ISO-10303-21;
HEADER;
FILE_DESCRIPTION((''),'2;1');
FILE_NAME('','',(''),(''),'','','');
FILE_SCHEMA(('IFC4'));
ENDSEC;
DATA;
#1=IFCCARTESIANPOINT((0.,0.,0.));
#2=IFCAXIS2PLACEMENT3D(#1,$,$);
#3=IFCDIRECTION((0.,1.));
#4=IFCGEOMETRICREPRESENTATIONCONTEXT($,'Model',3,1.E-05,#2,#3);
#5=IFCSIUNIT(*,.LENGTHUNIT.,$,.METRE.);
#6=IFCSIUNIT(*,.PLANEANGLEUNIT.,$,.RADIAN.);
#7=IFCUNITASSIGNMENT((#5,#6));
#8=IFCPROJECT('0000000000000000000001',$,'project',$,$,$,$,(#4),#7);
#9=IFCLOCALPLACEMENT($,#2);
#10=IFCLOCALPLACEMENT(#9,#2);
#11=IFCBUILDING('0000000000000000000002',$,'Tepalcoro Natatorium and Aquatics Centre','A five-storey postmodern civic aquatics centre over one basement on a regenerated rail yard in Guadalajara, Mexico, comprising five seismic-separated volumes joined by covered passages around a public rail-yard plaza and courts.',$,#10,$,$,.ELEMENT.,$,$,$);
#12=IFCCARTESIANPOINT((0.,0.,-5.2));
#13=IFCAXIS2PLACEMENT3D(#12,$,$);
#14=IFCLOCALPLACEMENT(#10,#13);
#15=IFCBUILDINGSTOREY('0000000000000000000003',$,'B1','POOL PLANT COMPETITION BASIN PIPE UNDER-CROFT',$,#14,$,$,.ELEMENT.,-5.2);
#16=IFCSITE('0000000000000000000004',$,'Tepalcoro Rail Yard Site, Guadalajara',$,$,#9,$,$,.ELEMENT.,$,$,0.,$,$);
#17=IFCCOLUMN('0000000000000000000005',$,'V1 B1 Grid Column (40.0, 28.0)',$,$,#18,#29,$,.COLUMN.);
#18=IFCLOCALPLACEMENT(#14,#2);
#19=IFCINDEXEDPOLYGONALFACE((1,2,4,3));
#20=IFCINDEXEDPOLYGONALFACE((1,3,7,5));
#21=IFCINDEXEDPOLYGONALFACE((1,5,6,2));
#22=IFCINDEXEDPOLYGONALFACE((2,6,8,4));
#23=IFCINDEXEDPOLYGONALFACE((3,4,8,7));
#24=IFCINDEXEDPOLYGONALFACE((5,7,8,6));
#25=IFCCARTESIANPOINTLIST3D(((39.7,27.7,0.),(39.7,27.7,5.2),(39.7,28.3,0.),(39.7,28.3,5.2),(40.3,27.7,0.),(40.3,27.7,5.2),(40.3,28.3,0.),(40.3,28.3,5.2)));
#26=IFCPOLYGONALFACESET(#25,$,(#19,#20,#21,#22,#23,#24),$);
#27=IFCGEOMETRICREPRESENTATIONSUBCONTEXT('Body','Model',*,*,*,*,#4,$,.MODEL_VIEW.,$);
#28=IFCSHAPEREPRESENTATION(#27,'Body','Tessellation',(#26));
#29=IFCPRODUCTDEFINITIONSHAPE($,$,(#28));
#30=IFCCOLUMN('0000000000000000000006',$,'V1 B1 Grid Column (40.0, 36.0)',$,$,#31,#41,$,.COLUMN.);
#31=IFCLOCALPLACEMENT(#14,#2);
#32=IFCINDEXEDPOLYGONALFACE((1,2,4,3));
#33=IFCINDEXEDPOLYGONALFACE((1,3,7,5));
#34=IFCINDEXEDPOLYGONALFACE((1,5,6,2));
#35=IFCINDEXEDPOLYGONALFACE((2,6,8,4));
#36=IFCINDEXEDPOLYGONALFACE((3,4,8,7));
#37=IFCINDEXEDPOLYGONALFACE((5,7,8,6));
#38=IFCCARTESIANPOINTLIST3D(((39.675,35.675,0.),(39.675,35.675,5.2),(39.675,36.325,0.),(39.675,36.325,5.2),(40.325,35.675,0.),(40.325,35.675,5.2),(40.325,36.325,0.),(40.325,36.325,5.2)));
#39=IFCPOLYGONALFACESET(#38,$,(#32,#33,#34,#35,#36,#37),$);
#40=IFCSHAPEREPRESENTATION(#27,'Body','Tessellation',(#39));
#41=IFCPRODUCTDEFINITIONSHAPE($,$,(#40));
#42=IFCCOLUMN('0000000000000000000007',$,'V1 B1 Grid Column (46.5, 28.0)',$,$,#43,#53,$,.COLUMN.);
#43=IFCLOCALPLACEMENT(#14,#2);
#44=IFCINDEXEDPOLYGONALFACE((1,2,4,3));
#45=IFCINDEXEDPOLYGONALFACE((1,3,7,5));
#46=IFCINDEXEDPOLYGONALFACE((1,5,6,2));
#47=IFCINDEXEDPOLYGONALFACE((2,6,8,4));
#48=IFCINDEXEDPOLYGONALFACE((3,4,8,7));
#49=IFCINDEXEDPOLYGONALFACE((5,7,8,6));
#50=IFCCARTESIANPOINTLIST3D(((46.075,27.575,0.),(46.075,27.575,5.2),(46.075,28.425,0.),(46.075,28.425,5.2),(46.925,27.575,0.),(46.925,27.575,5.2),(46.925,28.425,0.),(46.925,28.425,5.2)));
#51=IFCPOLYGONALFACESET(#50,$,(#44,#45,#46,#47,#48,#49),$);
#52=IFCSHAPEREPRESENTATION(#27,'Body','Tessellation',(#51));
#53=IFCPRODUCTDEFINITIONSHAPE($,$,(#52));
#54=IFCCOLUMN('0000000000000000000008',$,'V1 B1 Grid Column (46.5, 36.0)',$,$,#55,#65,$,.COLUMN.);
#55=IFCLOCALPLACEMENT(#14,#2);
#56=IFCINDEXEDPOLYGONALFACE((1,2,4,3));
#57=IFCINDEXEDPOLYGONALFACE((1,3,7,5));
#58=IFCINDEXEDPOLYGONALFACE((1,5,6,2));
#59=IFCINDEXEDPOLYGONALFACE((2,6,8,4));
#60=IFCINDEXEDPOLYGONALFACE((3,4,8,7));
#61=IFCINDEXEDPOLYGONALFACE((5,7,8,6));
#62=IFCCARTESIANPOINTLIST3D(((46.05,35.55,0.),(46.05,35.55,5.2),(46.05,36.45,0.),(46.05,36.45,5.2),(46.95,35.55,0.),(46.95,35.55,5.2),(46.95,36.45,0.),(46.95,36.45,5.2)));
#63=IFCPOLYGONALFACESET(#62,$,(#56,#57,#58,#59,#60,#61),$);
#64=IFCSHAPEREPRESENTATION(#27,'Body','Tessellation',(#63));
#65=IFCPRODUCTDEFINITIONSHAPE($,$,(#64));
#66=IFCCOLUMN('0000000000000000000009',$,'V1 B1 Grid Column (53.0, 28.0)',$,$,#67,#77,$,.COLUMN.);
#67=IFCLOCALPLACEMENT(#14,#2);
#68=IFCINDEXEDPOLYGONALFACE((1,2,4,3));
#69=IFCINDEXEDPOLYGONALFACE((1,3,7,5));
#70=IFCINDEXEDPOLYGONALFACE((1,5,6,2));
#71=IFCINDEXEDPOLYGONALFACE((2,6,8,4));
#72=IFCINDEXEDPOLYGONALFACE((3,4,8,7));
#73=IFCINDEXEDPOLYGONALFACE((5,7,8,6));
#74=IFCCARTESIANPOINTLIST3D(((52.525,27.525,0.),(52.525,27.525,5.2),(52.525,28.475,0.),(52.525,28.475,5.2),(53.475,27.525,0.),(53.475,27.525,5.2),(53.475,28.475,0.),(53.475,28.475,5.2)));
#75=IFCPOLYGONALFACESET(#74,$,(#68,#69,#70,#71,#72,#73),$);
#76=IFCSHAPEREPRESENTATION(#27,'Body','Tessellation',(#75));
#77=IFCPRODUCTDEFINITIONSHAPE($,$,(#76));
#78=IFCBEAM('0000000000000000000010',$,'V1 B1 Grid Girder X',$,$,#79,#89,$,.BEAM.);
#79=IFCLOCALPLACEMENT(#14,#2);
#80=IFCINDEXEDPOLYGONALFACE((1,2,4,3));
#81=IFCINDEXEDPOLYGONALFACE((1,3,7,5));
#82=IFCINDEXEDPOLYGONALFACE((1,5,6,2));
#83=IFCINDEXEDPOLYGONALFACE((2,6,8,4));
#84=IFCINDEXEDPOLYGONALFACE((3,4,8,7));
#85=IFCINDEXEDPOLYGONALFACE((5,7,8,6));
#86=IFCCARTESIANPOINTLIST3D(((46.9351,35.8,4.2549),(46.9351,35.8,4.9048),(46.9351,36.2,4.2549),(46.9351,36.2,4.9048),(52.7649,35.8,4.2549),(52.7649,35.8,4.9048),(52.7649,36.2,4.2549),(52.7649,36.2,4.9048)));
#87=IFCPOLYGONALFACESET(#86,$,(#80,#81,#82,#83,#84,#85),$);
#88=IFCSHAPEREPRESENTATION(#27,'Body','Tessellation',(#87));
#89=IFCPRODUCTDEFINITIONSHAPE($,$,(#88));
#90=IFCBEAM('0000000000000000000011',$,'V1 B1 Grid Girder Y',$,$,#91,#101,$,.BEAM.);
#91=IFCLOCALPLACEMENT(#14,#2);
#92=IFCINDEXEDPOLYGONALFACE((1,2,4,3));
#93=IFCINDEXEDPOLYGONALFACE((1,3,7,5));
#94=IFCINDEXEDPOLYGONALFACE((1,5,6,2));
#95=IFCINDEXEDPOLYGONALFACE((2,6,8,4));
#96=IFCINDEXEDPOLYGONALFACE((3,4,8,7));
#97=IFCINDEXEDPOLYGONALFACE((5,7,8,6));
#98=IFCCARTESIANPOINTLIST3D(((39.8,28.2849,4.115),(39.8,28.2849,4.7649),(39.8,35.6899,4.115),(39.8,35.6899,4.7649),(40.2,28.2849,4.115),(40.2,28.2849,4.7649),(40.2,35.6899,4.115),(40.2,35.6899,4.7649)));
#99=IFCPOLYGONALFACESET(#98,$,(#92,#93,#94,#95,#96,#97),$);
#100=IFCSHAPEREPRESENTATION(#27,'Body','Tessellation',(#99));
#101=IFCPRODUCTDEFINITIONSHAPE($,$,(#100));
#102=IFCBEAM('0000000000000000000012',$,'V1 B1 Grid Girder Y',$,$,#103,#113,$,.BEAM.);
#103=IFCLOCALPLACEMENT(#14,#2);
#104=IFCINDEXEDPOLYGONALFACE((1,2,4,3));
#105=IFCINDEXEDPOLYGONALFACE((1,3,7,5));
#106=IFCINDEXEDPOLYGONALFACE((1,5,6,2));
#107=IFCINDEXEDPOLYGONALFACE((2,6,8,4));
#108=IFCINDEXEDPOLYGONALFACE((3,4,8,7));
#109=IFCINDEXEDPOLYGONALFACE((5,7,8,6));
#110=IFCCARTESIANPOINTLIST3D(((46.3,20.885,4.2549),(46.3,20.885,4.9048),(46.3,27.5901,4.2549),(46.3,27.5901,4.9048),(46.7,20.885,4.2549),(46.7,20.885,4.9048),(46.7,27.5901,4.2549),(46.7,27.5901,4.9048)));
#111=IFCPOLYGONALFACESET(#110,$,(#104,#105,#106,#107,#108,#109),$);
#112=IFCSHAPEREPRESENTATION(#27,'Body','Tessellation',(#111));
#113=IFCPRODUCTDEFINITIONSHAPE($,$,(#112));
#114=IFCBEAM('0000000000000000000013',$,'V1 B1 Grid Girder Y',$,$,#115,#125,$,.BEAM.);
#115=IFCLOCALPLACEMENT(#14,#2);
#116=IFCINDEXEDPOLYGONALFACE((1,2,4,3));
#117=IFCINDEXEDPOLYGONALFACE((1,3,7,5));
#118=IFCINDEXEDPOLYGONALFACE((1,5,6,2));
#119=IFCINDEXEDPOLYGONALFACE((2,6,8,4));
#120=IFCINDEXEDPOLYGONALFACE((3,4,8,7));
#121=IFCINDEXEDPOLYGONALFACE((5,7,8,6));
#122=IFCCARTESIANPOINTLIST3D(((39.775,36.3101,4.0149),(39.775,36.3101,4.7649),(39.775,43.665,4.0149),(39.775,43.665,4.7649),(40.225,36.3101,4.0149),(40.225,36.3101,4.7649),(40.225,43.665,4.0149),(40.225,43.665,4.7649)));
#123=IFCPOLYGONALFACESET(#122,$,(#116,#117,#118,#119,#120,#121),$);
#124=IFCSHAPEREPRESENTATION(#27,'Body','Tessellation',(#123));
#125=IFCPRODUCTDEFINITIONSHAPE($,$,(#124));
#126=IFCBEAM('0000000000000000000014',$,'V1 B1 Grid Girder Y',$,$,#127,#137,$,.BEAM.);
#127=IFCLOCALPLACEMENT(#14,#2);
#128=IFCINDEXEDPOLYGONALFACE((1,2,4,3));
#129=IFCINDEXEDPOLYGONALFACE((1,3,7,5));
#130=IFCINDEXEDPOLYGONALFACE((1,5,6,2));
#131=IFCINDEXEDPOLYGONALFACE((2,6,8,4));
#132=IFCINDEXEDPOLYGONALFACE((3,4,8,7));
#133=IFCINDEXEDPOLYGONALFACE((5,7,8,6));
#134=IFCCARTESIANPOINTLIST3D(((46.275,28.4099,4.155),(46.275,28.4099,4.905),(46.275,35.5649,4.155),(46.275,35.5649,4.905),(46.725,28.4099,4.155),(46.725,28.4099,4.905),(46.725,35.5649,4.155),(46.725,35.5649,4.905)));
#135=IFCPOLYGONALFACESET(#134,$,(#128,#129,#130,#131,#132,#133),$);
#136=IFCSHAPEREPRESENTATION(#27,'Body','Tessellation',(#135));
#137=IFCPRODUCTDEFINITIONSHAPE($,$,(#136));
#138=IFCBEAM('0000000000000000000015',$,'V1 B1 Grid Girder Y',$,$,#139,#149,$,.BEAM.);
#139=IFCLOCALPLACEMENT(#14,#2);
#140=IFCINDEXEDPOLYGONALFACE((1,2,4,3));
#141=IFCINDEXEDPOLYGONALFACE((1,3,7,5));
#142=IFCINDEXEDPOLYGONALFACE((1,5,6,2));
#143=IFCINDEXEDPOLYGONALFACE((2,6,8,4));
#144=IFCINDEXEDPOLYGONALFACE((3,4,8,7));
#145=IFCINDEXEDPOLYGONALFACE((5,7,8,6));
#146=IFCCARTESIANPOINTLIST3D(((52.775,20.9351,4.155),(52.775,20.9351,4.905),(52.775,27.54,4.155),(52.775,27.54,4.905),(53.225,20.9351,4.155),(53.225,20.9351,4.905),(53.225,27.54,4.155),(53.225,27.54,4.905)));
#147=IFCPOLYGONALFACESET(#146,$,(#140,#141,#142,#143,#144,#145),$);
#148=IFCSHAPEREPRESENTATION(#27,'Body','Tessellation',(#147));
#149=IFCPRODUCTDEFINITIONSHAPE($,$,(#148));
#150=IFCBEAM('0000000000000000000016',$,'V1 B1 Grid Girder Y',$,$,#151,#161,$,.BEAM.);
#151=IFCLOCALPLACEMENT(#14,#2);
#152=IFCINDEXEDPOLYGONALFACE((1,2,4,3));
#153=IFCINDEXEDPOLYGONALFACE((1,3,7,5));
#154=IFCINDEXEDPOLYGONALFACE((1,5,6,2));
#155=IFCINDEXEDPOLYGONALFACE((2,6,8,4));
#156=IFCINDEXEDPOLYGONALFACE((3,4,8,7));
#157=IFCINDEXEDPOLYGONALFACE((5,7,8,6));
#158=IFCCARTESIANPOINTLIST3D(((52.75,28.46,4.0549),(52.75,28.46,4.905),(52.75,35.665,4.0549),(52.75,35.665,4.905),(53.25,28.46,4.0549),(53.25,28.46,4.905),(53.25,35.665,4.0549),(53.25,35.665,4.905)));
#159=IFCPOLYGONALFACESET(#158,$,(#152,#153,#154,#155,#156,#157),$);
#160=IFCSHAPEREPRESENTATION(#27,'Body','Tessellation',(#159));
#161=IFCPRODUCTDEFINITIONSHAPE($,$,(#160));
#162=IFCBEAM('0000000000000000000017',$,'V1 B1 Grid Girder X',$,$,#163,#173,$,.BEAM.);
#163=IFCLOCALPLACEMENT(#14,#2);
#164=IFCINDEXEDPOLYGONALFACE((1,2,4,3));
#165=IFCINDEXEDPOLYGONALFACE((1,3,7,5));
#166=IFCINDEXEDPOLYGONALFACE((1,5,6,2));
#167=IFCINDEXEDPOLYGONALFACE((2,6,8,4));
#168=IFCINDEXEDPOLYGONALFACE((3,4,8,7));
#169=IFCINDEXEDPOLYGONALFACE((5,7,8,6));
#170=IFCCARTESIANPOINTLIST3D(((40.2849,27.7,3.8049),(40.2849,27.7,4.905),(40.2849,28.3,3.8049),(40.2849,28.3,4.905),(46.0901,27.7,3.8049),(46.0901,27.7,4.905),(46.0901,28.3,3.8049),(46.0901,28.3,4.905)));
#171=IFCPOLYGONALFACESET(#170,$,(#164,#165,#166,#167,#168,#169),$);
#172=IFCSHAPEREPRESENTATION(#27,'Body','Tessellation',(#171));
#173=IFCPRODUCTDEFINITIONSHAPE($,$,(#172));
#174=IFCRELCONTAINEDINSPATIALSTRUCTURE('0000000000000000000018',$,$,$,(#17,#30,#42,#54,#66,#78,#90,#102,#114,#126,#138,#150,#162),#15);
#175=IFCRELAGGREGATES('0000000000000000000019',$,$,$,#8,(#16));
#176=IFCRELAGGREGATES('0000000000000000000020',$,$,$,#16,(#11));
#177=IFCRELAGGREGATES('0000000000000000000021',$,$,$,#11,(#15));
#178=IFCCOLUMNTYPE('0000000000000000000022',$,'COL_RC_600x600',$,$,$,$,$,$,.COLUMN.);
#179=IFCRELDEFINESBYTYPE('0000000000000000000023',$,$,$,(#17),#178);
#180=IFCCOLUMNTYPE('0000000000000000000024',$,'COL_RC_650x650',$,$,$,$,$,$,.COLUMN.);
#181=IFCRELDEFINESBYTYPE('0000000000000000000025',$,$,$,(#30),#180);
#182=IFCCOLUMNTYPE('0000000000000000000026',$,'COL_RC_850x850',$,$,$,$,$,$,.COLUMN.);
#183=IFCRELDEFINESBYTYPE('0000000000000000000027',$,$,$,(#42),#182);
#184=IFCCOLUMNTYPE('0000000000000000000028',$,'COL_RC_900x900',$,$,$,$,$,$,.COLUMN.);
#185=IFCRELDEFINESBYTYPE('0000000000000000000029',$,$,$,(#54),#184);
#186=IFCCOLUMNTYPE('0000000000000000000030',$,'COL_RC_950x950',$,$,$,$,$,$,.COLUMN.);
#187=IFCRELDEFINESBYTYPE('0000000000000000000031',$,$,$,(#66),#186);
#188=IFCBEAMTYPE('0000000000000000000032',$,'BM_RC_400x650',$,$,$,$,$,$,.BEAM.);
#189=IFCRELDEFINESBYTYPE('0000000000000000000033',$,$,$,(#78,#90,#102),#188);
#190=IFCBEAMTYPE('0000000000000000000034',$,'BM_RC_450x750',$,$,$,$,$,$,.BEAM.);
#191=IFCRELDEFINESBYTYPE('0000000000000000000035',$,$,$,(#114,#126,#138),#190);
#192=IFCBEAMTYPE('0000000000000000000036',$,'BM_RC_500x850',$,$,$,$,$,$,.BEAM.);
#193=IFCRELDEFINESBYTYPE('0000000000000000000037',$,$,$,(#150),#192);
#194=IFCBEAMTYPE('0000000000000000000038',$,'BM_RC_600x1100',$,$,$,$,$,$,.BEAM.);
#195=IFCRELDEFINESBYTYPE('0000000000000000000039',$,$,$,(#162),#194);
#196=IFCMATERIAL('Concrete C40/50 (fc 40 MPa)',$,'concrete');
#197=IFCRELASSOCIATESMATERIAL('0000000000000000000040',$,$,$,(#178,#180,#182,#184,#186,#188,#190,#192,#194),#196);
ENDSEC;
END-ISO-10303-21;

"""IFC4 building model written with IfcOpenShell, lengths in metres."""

from ifc_helpers import new_model, si_unit, direction, frame, origin, origin_2d, place, context, subcontext, project, spatial, rectangle, extrude, material, material_profile, profile_set, type_object, element, save


model = new_model("IFC4")

# Units and contexts
model_context = context("Model", 3, precision=1e-05, world=origin(), true_north=direction((0.0, 1.0)))
body_context = subcontext(model_context, "Body", "Model", "MODEL_VIEW")
ifc_project = project(units=[si_unit("LENGTHUNIT", "METRE"), si_unit("PLANEANGLEUNIT", "RADIAN")], contexts=[model_context])

# Site, building, storey
site_placement = place(None, origin())
site = spatial("IfcSite", under=ifc_project, at=site_placement, Name="Tepalcoro Rail Yard Site, Guadalajara", CompositionType="ELEMENT", RefElevation=0.0)
building_placement = place(site_placement, origin())
building = spatial("IfcBuilding", under=site, at=building_placement, Name="Tepalcoro Natatorium and Aquatics Centre", Description="A five-storey postmodern civic aquatics centre over one basement on a regenerated rail yard in Guadalajara, Mexico, comprising five seismic-separated volumes joined by covered passages around a public rail-yard plaza and courts.", CompositionType="ELEMENT")
storey_placement = place(building_placement, frame((0.0, 0.0, -5.2)))
storey = spatial("IfcBuildingStorey", under=building, at=storey_placement, Name="B1", Description="POOL PLANT COMPETITION BASIN PIPE UNDER-CROFT", CompositionType="ELEMENT", Elevation=-5.2)

# Shared definitions
ifc_material_1 = material(Name="Concrete C40/50 (fc 40 MPa)", Category="concrete")

# Columns
ifc_material_profile_1 = material_profile(ifc_material_1, rectangle(XDim=0.6001, YDim=0.6001, at=origin_2d()), Name="RC600x600")
ifc_profile_set_1 = profile_set([ifc_material_profile_1], Name="Concrete C40/50 (fc 40 MPa)")
column_type_1 = type_object("IfcColumnType", Name="COL_RC_600x600", PredefinedType="COLUMN", material=ifc_profile_set_1)
column_1_placement = place(storey_placement, frame((40.0, 28.0, 0.0), z_axis=(0.0, 0.0, 1.0), x_axis=(1.0, 0.0, 0.0)))
element("IfcColumn", 1, at=column_1_placement, inside=storey, type_object=column_type_1, Name="V1 B1 Grid Column (40.0, 28.0)", PredefinedType="COLUMN", context=body_context, shape_type="SweptSolid", body=[
    extrude(rectangle(XDim=0.6001, YDim=0.6001, at=origin_2d()), origin(), (0.0, 0.0, 1.0), 5.2),
])
ifc_material_profile_2 = material_profile(ifc_material_1, rectangle(XDim=0.6499, YDim=0.6499, at=origin_2d()), Name="RC650x650")
ifc_profile_set_2 = profile_set([ifc_material_profile_2], Name="Concrete C40/50 (fc 40 MPa)")
column_type_2 = type_object("IfcColumnType", Name="COL_RC_650x650", PredefinedType="COLUMN", material=ifc_profile_set_2)
column_2_placement = place(storey_placement, frame((40.0, 36.0, 0.0), z_axis=(0.0, 0.0, 1.0), x_axis=(1.0, 0.0, 0.0)))
element("IfcColumn", 2, at=column_2_placement, inside=storey, type_object=column_type_2, Name="V1 B1 Grid Column (40.0, 36.0)", PredefinedType="COLUMN", context=body_context, shape_type="SweptSolid", body=[
    extrude(rectangle(XDim=0.6499, YDim=0.6499, at=origin_2d()), origin(), (0.0, 0.0, 1.0), 5.2),
])
ifc_material_profile_3 = material_profile(ifc_material_1, rectangle(XDim=0.8501, YDim=0.8501, at=origin_2d()), Name="RC850x850")
ifc_profile_set_3 = profile_set([ifc_material_profile_3], Name="Concrete C40/50 (fc 40 MPa)")
column_type_3 = type_object("IfcColumnType", Name="COL_RC_850x850", PredefinedType="COLUMN", material=ifc_profile_set_3)
column_3_placement = place(storey_placement, frame((46.5, 28.0, 0.0), z_axis=(0.0, 0.0, 1.0), x_axis=(1.0, 0.0, 0.0)))
element("IfcColumn", 3, at=column_3_placement, inside=storey, type_object=column_type_3, Name="V1 B1 Grid Column (46.5, 28.0)", PredefinedType="COLUMN", context=body_context, shape_type="SweptSolid", body=[
    extrude(rectangle(XDim=0.8501, YDim=0.8501, at=origin_2d()), origin(), (0.0, 0.0, 1.0), 5.2),
])
ifc_material_profile_4 = material_profile(ifc_material_1, rectangle(XDim=0.8999, YDim=0.8999, at=origin_2d()), Name="RC900x900")
ifc_profile_set_4 = profile_set([ifc_material_profile_4], Name="Concrete C40/50 (fc 40 MPa)")
column_type_4 = type_object("IfcColumnType", Name="COL_RC_900x900", PredefinedType="COLUMN", material=ifc_profile_set_4)
column_4_placement = place(storey_placement, frame((46.5, 36.0, 0.0), z_axis=(0.0, 0.0, 1.0), x_axis=(1.0, 0.0, 0.0)))
element("IfcColumn", 4, at=column_4_placement, inside=storey, type_object=column_type_4, Name="V1 B1 Grid Column (46.5, 36.0)", PredefinedType="COLUMN", context=body_context, shape_type="SweptSolid", body=[
    extrude(rectangle(XDim=0.8999, YDim=0.8999, at=origin_2d()), origin(), (0.0, 0.0, 1.0), 5.2),
])
ifc_material_profile_5 = material_profile(ifc_material_1, rectangle(XDim=0.95, YDim=0.95, at=origin_2d()), Name="RC950x950")
ifc_profile_set_5 = profile_set([ifc_material_profile_5], Name="Concrete C40/50 (fc 40 MPa)")
column_type_5 = type_object("IfcColumnType", Name="COL_RC_950x950", PredefinedType="COLUMN", material=ifc_profile_set_5)
column_5_placement = place(storey_placement, frame((53.0, 28.0, 0.0), z_axis=(0.0, 0.0, 1.0), x_axis=(1.0, 0.0, 0.0)))
element("IfcColumn", 5, at=column_5_placement, inside=storey, type_object=column_type_5, Name="V1 B1 Grid Column (53.0, 28.0)", PredefinedType="COLUMN", context=body_context, shape_type="SweptSolid", body=[
    extrude(rectangle(XDim=0.95, YDim=0.95, at=origin_2d()), origin(), (0.0, 0.0, 1.0), 5.2),
])

# Beams
ifc_material_profile_6 = material_profile(ifc_material_1, rectangle(XDim=0.3999, YDim=0.6499, at=origin_2d()), Name="RCB400x650")
ifc_profile_set_6 = profile_set([ifc_material_profile_6], Name="Concrete C40/50 (fc 40 MPa)")
beam_type_1 = type_object("IfcBeamType", Name="BM_RC_400x650", PredefinedType="BEAM", material=ifc_profile_set_6)
beam_1_placement = place(storey_placement, frame((46.9351, 36.0, 4.5798), z_axis=(1.0, 0.0, 0.0), x_axis=(0.0, 1.0, 0.0)))
element("IfcBeam", 6, at=beam_1_placement, inside=storey, type_object=beam_type_1, Name="V1 B1 Grid Girder X", PredefinedType="BEAM", context=body_context, shape_type="SweptSolid", body=[
    extrude(rectangle(XDim=0.3999, YDim=0.6499, at=origin_2d()), origin(), (0.0, 0.0, 1.0), 5.8298),
])
beam_2_placement = place(storey_placement, frame((40.0, 28.2849, 4.4399), z_axis=(0.0, 1.0, 0.0), x_axis=(-1.0, 0.0, 0.0)))
element("IfcBeam", 7, at=beam_2_placement, inside=storey, type_object=beam_type_1, Name="V1 B1 Grid Girder Y", PredefinedType="BEAM", context=body_context, shape_type="SweptSolid", body=[
    extrude(rectangle(XDim=0.3999, YDim=0.6499, at=origin_2d()), origin(), (0.0, 0.0, 1.0), 7.405),
])
beam_3_placement = place(storey_placement, frame((46.5, 20.885, 4.5798), z_axis=(0.0, 1.0, 0.0), x_axis=(-1.0, 0.0, 0.0)))
element("IfcBeam", 8, at=beam_3_placement, inside=storey, type_object=beam_type_1, Name="V1 B1 Grid Girder Y", PredefinedType="BEAM", context=body_context, shape_type="SweptSolid", body=[
    extrude(rectangle(XDim=0.3999, YDim=0.6499, at=origin_2d()), origin(), (0.0, 0.0, 1.0), 6.7051),
])
ifc_material_profile_7 = material_profile(ifc_material_1, rectangle(XDim=0.45, YDim=0.75, at=origin_2d()), Name="RCB450x750")
ifc_profile_set_7 = profile_set([ifc_material_profile_7], Name="Concrete C40/50 (fc 40 MPa)")
beam_type_2 = type_object("IfcBeamType", Name="BM_RC_450x750", PredefinedType="BEAM", material=ifc_profile_set_7)
beam_4_placement = place(storey_placement, frame((40.0, 36.3101, 4.3899), z_axis=(0.0, 1.0, 0.0), x_axis=(-1.0, 0.0, 0.0)))
element("IfcBeam", 9, at=beam_4_placement, inside=storey, type_object=beam_type_2, Name="V1 B1 Grid Girder Y", PredefinedType="BEAM", context=body_context, shape_type="SweptSolid", body=[
    extrude(rectangle(XDim=0.45, YDim=0.75, at=origin_2d()), origin(), (0.0, 0.0, 1.0), 7.355),
])
beam_5_placement = place(storey_placement, frame((46.5, 28.4099, 4.53), z_axis=(0.0, 1.0, 0.0), x_axis=(-1.0, 0.0, 0.0)))
element("IfcBeam", 10, at=beam_5_placement, inside=storey, type_object=beam_type_2, Name="V1 B1 Grid Girder Y", PredefinedType="BEAM", context=body_context, shape_type="SweptSolid", body=[
    extrude(rectangle(XDim=0.45, YDim=0.75, at=origin_2d()), origin(), (0.0, 0.0, 1.0), 7.155),
])
beam_6_placement = place(storey_placement, frame((53.0, 20.9351, 4.53), z_axis=(0.0, 1.0, 0.0), x_axis=(-1.0, 0.0, 0.0)))
element("IfcBeam", 11, at=beam_6_placement, inside=storey, type_object=beam_type_2, Name="V1 B1 Grid Girder Y", PredefinedType="BEAM", context=body_context, shape_type="SweptSolid", body=[
    extrude(rectangle(XDim=0.45, YDim=0.75, at=origin_2d()), origin(), (0.0, 0.0, 1.0), 6.605),
])
ifc_material_profile_8 = material_profile(ifc_material_1, rectangle(XDim=0.5, YDim=0.8501, at=origin_2d()), Name="RCB500x850")
ifc_profile_set_8 = profile_set([ifc_material_profile_8], Name="Concrete C40/50 (fc 40 MPa)")
beam_type_3 = type_object("IfcBeamType", Name="BM_RC_500x850", PredefinedType="BEAM", material=ifc_profile_set_8)
beam_7_placement = place(storey_placement, frame((53.0, 28.46, 4.48), z_axis=(0.0, 1.0, 0.0), x_axis=(-1.0, 0.0, 0.0)))
element("IfcBeam", 12, at=beam_7_placement, inside=storey, type_object=beam_type_3, Name="V1 B1 Grid Girder Y", PredefinedType="BEAM", context=body_context, shape_type="SweptSolid", body=[
    extrude(rectangle(XDim=0.5, YDim=0.8501, at=origin_2d()), origin(), (0.0, 0.0, 1.0), 7.2051),
])
ifc_material_profile_9 = material_profile(ifc_material_1, rectangle(XDim=0.6001, YDim=1.1001, at=origin_2d()), Name="RCB600x1100")
ifc_profile_set_9 = profile_set([ifc_material_profile_9], Name="Concrete C40/50 (fc 40 MPa)")
beam_type_4 = type_object("IfcBeamType", Name="BM_RC_600x1100", PredefinedType="BEAM", material=ifc_profile_set_9)
beam_8_placement = place(storey_placement, frame((40.2849, 28.0, 4.355), z_axis=(1.0, 0.0, 0.0), x_axis=(0.0, 1.0, 0.0)))
element("IfcBeam", 13, at=beam_8_placement, inside=storey, type_object=beam_type_4, Name="V1 B1 Grid Girder X", PredefinedType="BEAM", context=body_context, shape_type="SweptSolid", body=[
    extrude(rectangle(XDim=0.6001, YDim=1.1001, at=origin_2d()), origin(), (0.0, 0.0, 1.0), 5.8052),
])

save(model, "model.ifc")
